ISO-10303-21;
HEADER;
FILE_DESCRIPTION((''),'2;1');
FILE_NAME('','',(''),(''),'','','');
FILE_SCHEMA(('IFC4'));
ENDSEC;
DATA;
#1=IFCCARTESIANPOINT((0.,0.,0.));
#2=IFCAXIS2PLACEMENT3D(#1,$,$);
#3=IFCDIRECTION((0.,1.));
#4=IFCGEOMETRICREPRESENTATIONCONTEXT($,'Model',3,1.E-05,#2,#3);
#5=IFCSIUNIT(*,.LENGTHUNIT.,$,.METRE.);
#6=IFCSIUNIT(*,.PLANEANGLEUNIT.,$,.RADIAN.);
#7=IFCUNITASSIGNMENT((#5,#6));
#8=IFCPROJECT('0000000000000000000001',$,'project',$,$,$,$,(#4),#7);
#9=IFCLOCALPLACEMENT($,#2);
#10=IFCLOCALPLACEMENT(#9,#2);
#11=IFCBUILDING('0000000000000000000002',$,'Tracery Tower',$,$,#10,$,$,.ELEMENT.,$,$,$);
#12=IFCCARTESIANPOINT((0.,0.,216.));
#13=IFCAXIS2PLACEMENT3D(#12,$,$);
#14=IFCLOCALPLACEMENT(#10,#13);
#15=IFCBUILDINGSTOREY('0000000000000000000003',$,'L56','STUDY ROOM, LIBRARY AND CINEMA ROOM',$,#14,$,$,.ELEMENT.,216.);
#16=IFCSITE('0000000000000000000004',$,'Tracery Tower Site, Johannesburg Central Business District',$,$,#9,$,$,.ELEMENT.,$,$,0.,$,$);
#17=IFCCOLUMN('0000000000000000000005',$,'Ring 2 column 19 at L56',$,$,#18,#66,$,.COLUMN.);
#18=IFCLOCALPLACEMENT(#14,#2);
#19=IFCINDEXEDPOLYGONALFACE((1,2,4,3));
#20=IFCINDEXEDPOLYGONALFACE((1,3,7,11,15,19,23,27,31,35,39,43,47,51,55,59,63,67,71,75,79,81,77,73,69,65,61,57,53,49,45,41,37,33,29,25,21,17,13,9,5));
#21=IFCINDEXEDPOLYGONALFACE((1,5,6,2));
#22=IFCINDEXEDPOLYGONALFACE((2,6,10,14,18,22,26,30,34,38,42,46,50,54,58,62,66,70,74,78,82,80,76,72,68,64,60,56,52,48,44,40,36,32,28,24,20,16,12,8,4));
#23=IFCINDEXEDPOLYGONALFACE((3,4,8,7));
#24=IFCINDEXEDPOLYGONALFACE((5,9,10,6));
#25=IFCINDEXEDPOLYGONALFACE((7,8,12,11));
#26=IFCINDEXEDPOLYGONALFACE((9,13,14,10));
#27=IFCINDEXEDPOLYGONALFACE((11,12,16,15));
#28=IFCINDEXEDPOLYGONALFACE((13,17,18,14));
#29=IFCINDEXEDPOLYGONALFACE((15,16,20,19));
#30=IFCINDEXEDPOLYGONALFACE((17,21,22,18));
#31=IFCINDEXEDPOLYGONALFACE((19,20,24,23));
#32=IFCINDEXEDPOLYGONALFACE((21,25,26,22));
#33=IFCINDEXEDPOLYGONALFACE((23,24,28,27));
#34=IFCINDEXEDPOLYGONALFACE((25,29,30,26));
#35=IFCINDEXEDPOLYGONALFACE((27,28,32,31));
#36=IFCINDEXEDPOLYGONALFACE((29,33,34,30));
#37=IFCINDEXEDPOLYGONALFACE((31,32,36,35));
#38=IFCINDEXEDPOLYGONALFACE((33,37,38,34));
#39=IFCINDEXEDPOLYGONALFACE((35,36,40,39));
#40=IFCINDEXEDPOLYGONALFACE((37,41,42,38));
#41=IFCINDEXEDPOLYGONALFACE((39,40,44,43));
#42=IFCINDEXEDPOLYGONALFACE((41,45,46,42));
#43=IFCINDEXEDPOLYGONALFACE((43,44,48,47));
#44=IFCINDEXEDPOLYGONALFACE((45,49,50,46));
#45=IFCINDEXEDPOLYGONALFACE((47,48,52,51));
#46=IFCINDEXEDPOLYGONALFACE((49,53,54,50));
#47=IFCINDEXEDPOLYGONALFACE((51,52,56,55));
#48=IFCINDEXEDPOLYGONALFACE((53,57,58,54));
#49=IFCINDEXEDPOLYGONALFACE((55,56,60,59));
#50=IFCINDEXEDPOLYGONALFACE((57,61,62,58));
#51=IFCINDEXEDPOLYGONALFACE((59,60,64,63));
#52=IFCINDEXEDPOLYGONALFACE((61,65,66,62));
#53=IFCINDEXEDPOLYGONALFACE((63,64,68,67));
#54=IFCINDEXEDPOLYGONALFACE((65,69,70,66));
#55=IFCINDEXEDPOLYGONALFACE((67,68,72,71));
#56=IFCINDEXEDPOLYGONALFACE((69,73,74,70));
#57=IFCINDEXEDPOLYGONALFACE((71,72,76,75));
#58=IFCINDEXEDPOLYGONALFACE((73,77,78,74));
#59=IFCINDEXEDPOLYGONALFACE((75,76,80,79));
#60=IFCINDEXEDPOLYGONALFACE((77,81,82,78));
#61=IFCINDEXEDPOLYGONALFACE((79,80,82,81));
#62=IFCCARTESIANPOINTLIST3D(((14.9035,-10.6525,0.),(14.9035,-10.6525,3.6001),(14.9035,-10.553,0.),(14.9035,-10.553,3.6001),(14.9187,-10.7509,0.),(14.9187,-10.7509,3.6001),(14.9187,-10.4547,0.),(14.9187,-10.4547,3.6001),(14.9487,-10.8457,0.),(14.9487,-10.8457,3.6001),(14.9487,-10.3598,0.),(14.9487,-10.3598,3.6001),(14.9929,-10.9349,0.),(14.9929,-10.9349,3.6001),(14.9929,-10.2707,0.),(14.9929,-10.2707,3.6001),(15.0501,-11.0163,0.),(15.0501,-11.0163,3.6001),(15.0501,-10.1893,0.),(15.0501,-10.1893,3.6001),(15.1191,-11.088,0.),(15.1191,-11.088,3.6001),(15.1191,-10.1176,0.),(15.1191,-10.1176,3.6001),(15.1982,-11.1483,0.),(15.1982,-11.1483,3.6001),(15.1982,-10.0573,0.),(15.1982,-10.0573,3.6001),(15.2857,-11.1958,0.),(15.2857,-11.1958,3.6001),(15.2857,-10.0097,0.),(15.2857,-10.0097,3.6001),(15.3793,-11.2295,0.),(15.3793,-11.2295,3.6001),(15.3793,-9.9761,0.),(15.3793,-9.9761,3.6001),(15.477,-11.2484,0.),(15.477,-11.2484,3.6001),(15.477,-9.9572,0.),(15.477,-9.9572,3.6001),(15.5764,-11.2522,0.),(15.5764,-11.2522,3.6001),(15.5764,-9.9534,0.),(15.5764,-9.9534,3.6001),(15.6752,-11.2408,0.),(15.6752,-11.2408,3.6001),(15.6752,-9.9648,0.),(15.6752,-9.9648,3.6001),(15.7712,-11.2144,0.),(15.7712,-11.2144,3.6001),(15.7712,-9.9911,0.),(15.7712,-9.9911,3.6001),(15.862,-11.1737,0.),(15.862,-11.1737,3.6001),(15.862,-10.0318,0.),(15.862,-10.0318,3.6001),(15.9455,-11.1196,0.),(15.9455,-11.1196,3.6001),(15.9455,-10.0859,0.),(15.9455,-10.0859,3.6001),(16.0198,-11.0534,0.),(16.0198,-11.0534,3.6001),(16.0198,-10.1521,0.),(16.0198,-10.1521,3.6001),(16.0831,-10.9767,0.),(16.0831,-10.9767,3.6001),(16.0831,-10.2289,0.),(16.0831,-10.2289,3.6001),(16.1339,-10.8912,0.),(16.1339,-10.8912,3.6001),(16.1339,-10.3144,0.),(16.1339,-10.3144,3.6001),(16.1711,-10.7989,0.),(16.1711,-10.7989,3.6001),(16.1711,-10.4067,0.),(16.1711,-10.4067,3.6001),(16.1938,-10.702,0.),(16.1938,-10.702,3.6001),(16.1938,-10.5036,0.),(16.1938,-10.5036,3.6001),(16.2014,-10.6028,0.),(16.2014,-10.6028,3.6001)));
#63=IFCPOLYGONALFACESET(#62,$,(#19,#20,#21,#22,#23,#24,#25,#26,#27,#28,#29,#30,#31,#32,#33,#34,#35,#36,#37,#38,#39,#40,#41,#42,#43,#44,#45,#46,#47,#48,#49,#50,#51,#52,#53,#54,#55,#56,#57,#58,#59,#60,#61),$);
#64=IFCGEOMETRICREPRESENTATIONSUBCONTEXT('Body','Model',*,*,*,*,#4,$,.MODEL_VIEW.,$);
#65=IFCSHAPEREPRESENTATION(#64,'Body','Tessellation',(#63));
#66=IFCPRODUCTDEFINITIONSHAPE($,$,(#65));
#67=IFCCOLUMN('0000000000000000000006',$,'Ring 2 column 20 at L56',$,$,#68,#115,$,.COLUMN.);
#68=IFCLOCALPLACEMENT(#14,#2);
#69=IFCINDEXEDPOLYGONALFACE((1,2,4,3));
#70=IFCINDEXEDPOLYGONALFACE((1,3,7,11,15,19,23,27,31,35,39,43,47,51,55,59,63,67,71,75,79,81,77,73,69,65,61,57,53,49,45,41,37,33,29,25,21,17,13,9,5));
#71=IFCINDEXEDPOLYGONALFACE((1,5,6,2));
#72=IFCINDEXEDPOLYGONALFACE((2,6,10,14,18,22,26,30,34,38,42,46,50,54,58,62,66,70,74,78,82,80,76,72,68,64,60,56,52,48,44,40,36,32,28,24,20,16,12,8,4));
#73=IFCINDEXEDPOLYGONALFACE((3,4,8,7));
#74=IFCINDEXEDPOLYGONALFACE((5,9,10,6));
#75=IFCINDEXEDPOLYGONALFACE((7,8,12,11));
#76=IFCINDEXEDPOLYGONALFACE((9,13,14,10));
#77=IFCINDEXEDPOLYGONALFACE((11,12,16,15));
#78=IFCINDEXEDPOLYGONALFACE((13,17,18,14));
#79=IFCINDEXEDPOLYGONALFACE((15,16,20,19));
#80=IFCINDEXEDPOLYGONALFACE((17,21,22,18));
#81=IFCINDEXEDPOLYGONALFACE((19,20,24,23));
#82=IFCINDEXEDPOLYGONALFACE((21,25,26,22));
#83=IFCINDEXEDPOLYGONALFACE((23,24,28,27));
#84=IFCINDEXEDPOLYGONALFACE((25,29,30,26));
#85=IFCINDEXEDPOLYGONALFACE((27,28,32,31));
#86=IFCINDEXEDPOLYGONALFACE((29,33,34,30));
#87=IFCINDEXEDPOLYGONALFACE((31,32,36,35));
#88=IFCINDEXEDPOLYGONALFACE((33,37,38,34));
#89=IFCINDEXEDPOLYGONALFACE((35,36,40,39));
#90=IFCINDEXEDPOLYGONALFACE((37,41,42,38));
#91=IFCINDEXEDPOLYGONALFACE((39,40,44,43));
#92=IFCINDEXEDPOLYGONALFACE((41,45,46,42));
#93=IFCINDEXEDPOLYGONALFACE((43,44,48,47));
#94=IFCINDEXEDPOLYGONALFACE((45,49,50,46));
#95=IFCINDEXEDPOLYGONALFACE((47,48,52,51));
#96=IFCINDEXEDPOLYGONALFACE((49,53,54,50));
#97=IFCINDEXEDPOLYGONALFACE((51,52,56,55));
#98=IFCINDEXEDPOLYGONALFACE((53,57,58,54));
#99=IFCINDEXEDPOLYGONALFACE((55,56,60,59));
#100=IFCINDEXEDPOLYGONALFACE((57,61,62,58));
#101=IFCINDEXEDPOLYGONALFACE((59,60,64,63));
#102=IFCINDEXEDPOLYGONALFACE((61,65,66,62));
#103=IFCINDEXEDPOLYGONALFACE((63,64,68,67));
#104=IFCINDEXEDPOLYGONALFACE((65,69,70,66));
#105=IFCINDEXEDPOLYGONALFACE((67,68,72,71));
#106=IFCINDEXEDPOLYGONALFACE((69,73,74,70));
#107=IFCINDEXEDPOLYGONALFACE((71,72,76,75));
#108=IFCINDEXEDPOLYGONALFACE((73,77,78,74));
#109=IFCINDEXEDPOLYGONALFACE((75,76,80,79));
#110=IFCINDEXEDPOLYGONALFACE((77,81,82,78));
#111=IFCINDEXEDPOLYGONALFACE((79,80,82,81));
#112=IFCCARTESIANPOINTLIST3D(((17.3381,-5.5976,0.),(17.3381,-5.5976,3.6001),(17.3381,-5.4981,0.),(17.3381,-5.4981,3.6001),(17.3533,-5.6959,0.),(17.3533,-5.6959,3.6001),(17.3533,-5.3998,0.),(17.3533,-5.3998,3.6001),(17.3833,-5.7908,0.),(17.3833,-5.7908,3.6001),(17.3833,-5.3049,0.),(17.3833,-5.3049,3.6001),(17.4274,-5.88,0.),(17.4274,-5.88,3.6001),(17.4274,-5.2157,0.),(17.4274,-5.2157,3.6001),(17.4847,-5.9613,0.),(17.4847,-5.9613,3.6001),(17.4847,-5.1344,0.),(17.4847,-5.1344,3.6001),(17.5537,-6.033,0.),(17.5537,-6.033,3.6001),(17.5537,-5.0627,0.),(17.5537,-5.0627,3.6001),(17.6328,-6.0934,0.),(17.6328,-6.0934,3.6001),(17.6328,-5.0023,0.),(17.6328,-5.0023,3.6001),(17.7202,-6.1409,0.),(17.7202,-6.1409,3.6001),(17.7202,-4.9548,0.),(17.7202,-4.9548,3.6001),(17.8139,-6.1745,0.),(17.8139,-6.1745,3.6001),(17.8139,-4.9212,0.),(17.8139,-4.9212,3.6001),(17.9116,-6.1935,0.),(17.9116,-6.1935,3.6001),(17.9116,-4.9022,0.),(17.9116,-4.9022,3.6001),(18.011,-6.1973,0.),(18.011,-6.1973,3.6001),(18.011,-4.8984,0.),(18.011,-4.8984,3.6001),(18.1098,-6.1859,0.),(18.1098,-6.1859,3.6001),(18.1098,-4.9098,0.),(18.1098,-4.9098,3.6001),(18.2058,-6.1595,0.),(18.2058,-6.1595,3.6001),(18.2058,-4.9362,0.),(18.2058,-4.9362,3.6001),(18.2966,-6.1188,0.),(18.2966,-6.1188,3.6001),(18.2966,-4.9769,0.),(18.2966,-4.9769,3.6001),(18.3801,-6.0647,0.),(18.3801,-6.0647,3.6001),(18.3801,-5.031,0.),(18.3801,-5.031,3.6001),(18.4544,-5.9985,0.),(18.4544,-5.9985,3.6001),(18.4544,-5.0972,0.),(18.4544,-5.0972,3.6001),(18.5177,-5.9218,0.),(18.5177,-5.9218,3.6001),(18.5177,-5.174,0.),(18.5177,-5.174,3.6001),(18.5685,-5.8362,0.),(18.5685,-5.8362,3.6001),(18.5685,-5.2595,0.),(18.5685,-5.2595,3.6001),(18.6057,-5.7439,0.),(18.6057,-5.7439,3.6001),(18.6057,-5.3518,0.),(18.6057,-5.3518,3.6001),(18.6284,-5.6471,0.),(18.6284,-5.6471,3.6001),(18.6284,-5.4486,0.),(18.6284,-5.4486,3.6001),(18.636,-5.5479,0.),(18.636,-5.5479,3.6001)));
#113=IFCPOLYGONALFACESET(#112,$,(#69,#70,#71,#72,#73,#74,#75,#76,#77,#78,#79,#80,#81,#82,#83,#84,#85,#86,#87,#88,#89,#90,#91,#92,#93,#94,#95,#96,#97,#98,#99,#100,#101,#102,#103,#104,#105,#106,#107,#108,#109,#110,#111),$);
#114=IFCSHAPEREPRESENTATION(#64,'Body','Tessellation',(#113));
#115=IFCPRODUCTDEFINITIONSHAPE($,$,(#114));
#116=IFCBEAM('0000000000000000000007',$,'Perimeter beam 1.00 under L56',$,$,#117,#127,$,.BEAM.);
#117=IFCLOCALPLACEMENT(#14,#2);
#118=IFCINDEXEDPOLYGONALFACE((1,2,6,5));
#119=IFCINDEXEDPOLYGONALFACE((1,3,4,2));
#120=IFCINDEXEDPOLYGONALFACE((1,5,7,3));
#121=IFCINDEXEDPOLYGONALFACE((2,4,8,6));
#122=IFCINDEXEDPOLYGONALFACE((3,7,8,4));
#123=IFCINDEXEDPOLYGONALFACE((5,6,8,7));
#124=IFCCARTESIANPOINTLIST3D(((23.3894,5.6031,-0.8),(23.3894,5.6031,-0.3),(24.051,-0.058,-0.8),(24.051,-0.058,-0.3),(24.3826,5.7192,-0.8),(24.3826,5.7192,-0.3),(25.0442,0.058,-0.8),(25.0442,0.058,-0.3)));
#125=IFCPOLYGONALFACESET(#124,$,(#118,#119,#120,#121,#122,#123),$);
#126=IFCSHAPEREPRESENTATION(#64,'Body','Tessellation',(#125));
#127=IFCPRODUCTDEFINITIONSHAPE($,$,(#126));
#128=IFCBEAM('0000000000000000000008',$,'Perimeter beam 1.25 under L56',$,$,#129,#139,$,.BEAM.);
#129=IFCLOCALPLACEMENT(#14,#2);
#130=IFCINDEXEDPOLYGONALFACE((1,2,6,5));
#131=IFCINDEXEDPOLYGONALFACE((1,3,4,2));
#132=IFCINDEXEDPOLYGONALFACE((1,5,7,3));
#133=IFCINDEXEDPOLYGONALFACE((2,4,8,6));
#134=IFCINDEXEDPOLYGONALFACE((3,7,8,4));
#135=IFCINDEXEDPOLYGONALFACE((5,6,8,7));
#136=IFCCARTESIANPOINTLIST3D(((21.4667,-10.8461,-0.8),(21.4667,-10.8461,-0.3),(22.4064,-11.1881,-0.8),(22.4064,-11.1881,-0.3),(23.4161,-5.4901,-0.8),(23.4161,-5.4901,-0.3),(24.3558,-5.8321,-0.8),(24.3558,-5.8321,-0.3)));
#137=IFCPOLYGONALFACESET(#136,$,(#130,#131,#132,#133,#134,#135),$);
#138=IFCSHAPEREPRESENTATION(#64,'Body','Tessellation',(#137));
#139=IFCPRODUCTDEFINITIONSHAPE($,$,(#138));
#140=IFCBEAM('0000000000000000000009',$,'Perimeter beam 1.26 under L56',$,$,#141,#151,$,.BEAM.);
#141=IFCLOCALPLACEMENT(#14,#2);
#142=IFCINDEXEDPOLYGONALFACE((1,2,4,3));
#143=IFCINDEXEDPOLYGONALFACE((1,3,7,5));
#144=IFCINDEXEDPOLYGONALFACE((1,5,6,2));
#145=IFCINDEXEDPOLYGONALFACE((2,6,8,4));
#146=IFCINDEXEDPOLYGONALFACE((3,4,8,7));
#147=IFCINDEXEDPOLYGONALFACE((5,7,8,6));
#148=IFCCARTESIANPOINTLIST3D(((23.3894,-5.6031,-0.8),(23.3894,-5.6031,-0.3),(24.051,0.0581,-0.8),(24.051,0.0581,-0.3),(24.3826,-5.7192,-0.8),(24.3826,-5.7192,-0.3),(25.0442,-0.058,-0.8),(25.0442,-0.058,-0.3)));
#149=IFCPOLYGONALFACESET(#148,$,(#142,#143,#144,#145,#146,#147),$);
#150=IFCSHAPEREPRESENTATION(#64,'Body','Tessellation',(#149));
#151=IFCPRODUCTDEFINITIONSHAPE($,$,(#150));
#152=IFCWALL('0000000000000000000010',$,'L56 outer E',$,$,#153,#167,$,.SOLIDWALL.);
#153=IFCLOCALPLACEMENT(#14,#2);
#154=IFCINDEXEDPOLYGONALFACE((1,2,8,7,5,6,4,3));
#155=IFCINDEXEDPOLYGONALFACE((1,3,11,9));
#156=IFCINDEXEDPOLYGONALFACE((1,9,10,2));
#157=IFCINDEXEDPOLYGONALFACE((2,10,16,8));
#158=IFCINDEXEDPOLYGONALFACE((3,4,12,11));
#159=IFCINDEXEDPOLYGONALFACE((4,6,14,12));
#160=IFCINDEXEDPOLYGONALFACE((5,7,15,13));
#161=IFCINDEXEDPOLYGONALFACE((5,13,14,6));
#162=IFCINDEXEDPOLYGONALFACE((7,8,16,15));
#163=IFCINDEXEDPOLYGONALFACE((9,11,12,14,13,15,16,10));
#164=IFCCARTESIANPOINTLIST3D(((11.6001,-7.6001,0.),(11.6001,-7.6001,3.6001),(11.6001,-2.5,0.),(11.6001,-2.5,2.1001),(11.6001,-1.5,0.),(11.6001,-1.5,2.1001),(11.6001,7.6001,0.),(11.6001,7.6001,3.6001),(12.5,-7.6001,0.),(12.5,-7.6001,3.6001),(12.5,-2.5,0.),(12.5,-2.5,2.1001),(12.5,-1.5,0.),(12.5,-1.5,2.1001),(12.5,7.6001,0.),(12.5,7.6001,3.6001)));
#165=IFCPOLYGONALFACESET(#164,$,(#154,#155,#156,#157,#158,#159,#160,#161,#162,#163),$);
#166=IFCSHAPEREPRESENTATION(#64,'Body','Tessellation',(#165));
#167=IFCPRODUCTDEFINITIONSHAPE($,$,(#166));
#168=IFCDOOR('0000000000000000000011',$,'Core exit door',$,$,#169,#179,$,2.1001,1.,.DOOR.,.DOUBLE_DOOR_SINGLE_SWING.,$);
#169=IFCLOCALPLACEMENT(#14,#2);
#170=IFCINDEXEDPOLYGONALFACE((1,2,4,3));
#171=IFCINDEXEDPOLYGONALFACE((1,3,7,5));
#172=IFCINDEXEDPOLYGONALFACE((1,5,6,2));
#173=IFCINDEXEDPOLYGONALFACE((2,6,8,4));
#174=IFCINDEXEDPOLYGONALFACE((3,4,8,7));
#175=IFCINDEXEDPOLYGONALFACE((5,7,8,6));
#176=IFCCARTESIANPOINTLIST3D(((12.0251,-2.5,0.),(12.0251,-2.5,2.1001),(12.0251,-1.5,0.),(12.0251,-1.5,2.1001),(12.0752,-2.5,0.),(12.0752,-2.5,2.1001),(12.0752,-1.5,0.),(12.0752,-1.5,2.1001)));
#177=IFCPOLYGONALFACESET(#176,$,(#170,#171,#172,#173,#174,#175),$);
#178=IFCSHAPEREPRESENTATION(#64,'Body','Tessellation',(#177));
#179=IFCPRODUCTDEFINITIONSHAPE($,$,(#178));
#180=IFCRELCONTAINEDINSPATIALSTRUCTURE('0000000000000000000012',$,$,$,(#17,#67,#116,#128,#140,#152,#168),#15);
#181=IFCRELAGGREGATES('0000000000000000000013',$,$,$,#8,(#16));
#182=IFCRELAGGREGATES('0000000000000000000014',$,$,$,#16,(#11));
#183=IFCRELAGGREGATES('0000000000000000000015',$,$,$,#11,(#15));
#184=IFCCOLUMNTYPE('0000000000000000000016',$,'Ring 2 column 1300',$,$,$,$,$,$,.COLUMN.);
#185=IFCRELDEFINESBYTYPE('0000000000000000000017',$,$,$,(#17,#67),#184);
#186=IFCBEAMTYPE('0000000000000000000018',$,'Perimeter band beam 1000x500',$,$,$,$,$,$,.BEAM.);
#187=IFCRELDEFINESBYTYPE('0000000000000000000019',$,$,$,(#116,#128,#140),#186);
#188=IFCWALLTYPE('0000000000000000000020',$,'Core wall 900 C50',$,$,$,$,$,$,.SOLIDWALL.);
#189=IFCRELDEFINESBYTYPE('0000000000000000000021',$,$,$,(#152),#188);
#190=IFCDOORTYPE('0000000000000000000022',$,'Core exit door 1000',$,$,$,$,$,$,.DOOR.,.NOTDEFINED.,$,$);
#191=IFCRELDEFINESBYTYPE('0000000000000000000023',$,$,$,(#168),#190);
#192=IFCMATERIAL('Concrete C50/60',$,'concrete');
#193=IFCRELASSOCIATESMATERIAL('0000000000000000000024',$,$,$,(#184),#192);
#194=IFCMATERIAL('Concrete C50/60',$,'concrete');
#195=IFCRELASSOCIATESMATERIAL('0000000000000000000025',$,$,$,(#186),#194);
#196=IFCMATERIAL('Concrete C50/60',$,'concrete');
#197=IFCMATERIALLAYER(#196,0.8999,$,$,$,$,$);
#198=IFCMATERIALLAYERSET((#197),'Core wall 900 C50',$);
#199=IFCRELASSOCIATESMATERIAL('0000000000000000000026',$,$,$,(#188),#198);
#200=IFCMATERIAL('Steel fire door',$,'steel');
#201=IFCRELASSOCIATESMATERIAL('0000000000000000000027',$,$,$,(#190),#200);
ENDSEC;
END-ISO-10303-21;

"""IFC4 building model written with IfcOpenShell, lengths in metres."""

from ifc_helpers import new_model, si_unit, direction, frame, frame_2d, origin, origin_2d, place, context, subcontext, project, spatial, rectangle, circle, extrude, material, layer, layer_set, material_profile, profile_set, type_object, element, fill, save


model = new_model("IFC4")

# Units and contexts
model_context = context("Model", 3, precision=1e-05, world=origin(), true_north=direction((0.0, 1.0)))
body_context = subcontext(model_context, "Body", "Model", "MODEL_VIEW")
ifc_project = project(units=[si_unit("LENGTHUNIT", "METRE"), si_unit("PLANEANGLEUNIT", "RADIAN")], contexts=[model_context])

# Site, building, storey
site_placement = place(None, origin())
site = spatial("IfcSite", under=ifc_project, at=site_placement, Name="Tracery Tower Site, Johannesburg Central Business District", CompositionType="ELEMENT", RefElevation=0.0)
building_placement = place(site_placement, origin())
building = spatial("IfcBuilding", under=site, at=building_placement, Name="Tracery Tower", CompositionType="ELEMENT")
storey_placement = place(building_placement, frame((0.0, 0.0, 216.0)))
storey = spatial("IfcBuildingStorey", under=building, at=storey_placement, Name="L56", Description="STUDY ROOM, LIBRARY AND CINEMA ROOM", CompositionType="ELEMENT", Elevation=216.0)

# Columns
ifc_material_1 = material(Name="Concrete C50/60", Category="concrete")
ifc_material_profile_1 = material_profile(ifc_material_1, circle(Radius=0.6499, at=origin_2d()), Name="RC D1300")
ifc_profile_set_1 = profile_set([ifc_material_profile_1], Name="Concrete C50/60")
column_type_1 = type_object("IfcColumnType", Name="Ring 2 column 1300", PredefinedType="COLUMN", material=ifc_profile_set_1)
for number, where, z_axis, x_axis, name in (
    (1, (15.5515, -10.6028, 0.0), (0.0, 0.0, 1.0), (1.0, 0.0, 0.0), "Ring 2 column 19 at L56"),
    (2, (17.9861, -5.5479, 0.0), (0.0, 0.0, 1.0), (1.0, 0.0, 0.0), "Ring 2 column 20 at L56"),
):
    element("IfcColumn", number, at=place(storey_placement, frame(where, z_axis=z_axis, x_axis=x_axis)), inside=storey, type_object=column_type_1, Name=name, PredefinedType="COLUMN", context=body_context, shape_type="SweptSolid", body=[
        extrude(circle(Radius=0.6499, at=origin_2d()), origin(), (0.0, 0.0, 1.0), 3.6001),
    ])

# Beams
ifc_material_2 = material(Name="Concrete C50/60", Category="concrete")
ifc_material_profile_2 = material_profile(ifc_material_2, rectangle(XDim=1.0, YDim=0.5, at=origin_2d()), Name="RC 1000x500")
ifc_profile_set_2 = profile_set([ifc_material_profile_2], Name="Concrete C50/60")
beam_type = type_object("IfcBeamType", Name="Perimeter band beam 1000x500", PredefinedType="BEAM", material=ifc_profile_set_2)
for number, where, z_axis, x_axis, name in (
    (3, (24.5476, 0.0, -0.55), (-0.116081, 0.99324, 0.0), (-0.99324, -0.116081, 0.0), "Perimeter beam 1.00 under L56"),
    (4, (21.9365, -11.0171, -0.55), (0.342029, 0.93969, 0.0), (-0.93969, 0.342029, 0.0), "Perimeter beam 1.25 under L56"),
    (5, (23.886, -5.6611, -0.55), (0.116081, 0.99324, 0.0), (-0.99324, 0.116081, 0.0), "Perimeter beam 1.26 under L56"),
):
    element("IfcBeam", number, at=place(storey_placement, frame(where, z_axis=z_axis, x_axis=x_axis)), inside=storey, type_object=beam_type, Name=name, PredefinedType="BEAM", context=body_context, shape_type="SweptSolid", body=[
        extrude(rectangle(XDim=1.0, YDim=0.5, at=origin_2d()), origin(), (0.0, 0.0, 1.0), 5.6997),
    ])

# Wall, opening, door
ifc_material_3 = material(Name="Concrete C50/60", Category="concrete")
ifc_layer_1 = layer(ifc_material_3, 0.8999)
ifc_layer_set_1 = layer_set([ifc_layer_1], Name="Core wall 900 C50")
wall_type_1 = type_object("IfcWallType", Name="Core wall 900 C50", PredefinedType="SOLIDWALL", material=ifc_layer_set_1)
wall_1_placement = place(storey_placement, frame((12.05, -7.6001, 0.0), z_axis=(0.0, 0.0, 1.0), x_axis=(0.0, 1.0, 0.0)))
wall_1 = element("IfcWall", 6, at=wall_1_placement, inside=storey, type_object=wall_type_1, Name="L56 outer E", PredefinedType="SOLIDWALL", context=body_context, shape_type="SweptSolid", body=[
    extrude(rectangle(XDim=15.2002, YDim=0.8999, at=frame_2d((7.6001, 0.0))), origin(), (0.0, 0.0, 1.0), 3.6001),
])
opening_1_placement = place(wall_1_placement, frame((5.1001, 0.0, 0.0)))
opening_1 = element("IfcOpeningElement", 7, at=opening_1_placement, cuts=wall_1, PredefinedType="OPENING", context=body_context, shape_type="SweptSolid", body=[
    extrude(rectangle(XDim=1.0, YDim=2.1001, at=frame_2d((0.5, 1.05))), frame((0.0, 0.45, 0.0), z_axis=(0.0, -1.0, 0.0), x_axis=(1.0, 0.0, 0.0)), (0.0, 0.0, 1.0), 0.8999),
])
ifc_material_4 = material(Name="Steel fire door", Category="steel")
door_type_1 = type_object("IfcDoorType", Name="Core exit door 1000", OperationType="NOTDEFINED", PredefinedType="DOOR", material=ifc_material_4)
door_1_placement = place(opening_1_placement, origin())
door_1 = element("IfcDoor", 8, at=door_1_placement, inside=storey, type_object=door_type_1, Name="Core exit door", OperationType="DOUBLE_DOOR_SINGLE_SWING", OverallHeight=2.1001, OverallWidth=1.0, PredefinedType="DOOR", context=body_context, shape_type="SweptSolid", body=[
    extrude(rectangle(XDim=1.0, YDim=2.1001, at=frame_2d((0.5, 1.05))), frame((0.0, 0.0249, 0.0), z_axis=(0.0, -1.0, 0.0), x_axis=(1.0, 0.0, 0.0)), (0.0, 0.0, 1.0), 0.05),
])
fill(opening_1, door_1)

save(model, "model.ifc")
